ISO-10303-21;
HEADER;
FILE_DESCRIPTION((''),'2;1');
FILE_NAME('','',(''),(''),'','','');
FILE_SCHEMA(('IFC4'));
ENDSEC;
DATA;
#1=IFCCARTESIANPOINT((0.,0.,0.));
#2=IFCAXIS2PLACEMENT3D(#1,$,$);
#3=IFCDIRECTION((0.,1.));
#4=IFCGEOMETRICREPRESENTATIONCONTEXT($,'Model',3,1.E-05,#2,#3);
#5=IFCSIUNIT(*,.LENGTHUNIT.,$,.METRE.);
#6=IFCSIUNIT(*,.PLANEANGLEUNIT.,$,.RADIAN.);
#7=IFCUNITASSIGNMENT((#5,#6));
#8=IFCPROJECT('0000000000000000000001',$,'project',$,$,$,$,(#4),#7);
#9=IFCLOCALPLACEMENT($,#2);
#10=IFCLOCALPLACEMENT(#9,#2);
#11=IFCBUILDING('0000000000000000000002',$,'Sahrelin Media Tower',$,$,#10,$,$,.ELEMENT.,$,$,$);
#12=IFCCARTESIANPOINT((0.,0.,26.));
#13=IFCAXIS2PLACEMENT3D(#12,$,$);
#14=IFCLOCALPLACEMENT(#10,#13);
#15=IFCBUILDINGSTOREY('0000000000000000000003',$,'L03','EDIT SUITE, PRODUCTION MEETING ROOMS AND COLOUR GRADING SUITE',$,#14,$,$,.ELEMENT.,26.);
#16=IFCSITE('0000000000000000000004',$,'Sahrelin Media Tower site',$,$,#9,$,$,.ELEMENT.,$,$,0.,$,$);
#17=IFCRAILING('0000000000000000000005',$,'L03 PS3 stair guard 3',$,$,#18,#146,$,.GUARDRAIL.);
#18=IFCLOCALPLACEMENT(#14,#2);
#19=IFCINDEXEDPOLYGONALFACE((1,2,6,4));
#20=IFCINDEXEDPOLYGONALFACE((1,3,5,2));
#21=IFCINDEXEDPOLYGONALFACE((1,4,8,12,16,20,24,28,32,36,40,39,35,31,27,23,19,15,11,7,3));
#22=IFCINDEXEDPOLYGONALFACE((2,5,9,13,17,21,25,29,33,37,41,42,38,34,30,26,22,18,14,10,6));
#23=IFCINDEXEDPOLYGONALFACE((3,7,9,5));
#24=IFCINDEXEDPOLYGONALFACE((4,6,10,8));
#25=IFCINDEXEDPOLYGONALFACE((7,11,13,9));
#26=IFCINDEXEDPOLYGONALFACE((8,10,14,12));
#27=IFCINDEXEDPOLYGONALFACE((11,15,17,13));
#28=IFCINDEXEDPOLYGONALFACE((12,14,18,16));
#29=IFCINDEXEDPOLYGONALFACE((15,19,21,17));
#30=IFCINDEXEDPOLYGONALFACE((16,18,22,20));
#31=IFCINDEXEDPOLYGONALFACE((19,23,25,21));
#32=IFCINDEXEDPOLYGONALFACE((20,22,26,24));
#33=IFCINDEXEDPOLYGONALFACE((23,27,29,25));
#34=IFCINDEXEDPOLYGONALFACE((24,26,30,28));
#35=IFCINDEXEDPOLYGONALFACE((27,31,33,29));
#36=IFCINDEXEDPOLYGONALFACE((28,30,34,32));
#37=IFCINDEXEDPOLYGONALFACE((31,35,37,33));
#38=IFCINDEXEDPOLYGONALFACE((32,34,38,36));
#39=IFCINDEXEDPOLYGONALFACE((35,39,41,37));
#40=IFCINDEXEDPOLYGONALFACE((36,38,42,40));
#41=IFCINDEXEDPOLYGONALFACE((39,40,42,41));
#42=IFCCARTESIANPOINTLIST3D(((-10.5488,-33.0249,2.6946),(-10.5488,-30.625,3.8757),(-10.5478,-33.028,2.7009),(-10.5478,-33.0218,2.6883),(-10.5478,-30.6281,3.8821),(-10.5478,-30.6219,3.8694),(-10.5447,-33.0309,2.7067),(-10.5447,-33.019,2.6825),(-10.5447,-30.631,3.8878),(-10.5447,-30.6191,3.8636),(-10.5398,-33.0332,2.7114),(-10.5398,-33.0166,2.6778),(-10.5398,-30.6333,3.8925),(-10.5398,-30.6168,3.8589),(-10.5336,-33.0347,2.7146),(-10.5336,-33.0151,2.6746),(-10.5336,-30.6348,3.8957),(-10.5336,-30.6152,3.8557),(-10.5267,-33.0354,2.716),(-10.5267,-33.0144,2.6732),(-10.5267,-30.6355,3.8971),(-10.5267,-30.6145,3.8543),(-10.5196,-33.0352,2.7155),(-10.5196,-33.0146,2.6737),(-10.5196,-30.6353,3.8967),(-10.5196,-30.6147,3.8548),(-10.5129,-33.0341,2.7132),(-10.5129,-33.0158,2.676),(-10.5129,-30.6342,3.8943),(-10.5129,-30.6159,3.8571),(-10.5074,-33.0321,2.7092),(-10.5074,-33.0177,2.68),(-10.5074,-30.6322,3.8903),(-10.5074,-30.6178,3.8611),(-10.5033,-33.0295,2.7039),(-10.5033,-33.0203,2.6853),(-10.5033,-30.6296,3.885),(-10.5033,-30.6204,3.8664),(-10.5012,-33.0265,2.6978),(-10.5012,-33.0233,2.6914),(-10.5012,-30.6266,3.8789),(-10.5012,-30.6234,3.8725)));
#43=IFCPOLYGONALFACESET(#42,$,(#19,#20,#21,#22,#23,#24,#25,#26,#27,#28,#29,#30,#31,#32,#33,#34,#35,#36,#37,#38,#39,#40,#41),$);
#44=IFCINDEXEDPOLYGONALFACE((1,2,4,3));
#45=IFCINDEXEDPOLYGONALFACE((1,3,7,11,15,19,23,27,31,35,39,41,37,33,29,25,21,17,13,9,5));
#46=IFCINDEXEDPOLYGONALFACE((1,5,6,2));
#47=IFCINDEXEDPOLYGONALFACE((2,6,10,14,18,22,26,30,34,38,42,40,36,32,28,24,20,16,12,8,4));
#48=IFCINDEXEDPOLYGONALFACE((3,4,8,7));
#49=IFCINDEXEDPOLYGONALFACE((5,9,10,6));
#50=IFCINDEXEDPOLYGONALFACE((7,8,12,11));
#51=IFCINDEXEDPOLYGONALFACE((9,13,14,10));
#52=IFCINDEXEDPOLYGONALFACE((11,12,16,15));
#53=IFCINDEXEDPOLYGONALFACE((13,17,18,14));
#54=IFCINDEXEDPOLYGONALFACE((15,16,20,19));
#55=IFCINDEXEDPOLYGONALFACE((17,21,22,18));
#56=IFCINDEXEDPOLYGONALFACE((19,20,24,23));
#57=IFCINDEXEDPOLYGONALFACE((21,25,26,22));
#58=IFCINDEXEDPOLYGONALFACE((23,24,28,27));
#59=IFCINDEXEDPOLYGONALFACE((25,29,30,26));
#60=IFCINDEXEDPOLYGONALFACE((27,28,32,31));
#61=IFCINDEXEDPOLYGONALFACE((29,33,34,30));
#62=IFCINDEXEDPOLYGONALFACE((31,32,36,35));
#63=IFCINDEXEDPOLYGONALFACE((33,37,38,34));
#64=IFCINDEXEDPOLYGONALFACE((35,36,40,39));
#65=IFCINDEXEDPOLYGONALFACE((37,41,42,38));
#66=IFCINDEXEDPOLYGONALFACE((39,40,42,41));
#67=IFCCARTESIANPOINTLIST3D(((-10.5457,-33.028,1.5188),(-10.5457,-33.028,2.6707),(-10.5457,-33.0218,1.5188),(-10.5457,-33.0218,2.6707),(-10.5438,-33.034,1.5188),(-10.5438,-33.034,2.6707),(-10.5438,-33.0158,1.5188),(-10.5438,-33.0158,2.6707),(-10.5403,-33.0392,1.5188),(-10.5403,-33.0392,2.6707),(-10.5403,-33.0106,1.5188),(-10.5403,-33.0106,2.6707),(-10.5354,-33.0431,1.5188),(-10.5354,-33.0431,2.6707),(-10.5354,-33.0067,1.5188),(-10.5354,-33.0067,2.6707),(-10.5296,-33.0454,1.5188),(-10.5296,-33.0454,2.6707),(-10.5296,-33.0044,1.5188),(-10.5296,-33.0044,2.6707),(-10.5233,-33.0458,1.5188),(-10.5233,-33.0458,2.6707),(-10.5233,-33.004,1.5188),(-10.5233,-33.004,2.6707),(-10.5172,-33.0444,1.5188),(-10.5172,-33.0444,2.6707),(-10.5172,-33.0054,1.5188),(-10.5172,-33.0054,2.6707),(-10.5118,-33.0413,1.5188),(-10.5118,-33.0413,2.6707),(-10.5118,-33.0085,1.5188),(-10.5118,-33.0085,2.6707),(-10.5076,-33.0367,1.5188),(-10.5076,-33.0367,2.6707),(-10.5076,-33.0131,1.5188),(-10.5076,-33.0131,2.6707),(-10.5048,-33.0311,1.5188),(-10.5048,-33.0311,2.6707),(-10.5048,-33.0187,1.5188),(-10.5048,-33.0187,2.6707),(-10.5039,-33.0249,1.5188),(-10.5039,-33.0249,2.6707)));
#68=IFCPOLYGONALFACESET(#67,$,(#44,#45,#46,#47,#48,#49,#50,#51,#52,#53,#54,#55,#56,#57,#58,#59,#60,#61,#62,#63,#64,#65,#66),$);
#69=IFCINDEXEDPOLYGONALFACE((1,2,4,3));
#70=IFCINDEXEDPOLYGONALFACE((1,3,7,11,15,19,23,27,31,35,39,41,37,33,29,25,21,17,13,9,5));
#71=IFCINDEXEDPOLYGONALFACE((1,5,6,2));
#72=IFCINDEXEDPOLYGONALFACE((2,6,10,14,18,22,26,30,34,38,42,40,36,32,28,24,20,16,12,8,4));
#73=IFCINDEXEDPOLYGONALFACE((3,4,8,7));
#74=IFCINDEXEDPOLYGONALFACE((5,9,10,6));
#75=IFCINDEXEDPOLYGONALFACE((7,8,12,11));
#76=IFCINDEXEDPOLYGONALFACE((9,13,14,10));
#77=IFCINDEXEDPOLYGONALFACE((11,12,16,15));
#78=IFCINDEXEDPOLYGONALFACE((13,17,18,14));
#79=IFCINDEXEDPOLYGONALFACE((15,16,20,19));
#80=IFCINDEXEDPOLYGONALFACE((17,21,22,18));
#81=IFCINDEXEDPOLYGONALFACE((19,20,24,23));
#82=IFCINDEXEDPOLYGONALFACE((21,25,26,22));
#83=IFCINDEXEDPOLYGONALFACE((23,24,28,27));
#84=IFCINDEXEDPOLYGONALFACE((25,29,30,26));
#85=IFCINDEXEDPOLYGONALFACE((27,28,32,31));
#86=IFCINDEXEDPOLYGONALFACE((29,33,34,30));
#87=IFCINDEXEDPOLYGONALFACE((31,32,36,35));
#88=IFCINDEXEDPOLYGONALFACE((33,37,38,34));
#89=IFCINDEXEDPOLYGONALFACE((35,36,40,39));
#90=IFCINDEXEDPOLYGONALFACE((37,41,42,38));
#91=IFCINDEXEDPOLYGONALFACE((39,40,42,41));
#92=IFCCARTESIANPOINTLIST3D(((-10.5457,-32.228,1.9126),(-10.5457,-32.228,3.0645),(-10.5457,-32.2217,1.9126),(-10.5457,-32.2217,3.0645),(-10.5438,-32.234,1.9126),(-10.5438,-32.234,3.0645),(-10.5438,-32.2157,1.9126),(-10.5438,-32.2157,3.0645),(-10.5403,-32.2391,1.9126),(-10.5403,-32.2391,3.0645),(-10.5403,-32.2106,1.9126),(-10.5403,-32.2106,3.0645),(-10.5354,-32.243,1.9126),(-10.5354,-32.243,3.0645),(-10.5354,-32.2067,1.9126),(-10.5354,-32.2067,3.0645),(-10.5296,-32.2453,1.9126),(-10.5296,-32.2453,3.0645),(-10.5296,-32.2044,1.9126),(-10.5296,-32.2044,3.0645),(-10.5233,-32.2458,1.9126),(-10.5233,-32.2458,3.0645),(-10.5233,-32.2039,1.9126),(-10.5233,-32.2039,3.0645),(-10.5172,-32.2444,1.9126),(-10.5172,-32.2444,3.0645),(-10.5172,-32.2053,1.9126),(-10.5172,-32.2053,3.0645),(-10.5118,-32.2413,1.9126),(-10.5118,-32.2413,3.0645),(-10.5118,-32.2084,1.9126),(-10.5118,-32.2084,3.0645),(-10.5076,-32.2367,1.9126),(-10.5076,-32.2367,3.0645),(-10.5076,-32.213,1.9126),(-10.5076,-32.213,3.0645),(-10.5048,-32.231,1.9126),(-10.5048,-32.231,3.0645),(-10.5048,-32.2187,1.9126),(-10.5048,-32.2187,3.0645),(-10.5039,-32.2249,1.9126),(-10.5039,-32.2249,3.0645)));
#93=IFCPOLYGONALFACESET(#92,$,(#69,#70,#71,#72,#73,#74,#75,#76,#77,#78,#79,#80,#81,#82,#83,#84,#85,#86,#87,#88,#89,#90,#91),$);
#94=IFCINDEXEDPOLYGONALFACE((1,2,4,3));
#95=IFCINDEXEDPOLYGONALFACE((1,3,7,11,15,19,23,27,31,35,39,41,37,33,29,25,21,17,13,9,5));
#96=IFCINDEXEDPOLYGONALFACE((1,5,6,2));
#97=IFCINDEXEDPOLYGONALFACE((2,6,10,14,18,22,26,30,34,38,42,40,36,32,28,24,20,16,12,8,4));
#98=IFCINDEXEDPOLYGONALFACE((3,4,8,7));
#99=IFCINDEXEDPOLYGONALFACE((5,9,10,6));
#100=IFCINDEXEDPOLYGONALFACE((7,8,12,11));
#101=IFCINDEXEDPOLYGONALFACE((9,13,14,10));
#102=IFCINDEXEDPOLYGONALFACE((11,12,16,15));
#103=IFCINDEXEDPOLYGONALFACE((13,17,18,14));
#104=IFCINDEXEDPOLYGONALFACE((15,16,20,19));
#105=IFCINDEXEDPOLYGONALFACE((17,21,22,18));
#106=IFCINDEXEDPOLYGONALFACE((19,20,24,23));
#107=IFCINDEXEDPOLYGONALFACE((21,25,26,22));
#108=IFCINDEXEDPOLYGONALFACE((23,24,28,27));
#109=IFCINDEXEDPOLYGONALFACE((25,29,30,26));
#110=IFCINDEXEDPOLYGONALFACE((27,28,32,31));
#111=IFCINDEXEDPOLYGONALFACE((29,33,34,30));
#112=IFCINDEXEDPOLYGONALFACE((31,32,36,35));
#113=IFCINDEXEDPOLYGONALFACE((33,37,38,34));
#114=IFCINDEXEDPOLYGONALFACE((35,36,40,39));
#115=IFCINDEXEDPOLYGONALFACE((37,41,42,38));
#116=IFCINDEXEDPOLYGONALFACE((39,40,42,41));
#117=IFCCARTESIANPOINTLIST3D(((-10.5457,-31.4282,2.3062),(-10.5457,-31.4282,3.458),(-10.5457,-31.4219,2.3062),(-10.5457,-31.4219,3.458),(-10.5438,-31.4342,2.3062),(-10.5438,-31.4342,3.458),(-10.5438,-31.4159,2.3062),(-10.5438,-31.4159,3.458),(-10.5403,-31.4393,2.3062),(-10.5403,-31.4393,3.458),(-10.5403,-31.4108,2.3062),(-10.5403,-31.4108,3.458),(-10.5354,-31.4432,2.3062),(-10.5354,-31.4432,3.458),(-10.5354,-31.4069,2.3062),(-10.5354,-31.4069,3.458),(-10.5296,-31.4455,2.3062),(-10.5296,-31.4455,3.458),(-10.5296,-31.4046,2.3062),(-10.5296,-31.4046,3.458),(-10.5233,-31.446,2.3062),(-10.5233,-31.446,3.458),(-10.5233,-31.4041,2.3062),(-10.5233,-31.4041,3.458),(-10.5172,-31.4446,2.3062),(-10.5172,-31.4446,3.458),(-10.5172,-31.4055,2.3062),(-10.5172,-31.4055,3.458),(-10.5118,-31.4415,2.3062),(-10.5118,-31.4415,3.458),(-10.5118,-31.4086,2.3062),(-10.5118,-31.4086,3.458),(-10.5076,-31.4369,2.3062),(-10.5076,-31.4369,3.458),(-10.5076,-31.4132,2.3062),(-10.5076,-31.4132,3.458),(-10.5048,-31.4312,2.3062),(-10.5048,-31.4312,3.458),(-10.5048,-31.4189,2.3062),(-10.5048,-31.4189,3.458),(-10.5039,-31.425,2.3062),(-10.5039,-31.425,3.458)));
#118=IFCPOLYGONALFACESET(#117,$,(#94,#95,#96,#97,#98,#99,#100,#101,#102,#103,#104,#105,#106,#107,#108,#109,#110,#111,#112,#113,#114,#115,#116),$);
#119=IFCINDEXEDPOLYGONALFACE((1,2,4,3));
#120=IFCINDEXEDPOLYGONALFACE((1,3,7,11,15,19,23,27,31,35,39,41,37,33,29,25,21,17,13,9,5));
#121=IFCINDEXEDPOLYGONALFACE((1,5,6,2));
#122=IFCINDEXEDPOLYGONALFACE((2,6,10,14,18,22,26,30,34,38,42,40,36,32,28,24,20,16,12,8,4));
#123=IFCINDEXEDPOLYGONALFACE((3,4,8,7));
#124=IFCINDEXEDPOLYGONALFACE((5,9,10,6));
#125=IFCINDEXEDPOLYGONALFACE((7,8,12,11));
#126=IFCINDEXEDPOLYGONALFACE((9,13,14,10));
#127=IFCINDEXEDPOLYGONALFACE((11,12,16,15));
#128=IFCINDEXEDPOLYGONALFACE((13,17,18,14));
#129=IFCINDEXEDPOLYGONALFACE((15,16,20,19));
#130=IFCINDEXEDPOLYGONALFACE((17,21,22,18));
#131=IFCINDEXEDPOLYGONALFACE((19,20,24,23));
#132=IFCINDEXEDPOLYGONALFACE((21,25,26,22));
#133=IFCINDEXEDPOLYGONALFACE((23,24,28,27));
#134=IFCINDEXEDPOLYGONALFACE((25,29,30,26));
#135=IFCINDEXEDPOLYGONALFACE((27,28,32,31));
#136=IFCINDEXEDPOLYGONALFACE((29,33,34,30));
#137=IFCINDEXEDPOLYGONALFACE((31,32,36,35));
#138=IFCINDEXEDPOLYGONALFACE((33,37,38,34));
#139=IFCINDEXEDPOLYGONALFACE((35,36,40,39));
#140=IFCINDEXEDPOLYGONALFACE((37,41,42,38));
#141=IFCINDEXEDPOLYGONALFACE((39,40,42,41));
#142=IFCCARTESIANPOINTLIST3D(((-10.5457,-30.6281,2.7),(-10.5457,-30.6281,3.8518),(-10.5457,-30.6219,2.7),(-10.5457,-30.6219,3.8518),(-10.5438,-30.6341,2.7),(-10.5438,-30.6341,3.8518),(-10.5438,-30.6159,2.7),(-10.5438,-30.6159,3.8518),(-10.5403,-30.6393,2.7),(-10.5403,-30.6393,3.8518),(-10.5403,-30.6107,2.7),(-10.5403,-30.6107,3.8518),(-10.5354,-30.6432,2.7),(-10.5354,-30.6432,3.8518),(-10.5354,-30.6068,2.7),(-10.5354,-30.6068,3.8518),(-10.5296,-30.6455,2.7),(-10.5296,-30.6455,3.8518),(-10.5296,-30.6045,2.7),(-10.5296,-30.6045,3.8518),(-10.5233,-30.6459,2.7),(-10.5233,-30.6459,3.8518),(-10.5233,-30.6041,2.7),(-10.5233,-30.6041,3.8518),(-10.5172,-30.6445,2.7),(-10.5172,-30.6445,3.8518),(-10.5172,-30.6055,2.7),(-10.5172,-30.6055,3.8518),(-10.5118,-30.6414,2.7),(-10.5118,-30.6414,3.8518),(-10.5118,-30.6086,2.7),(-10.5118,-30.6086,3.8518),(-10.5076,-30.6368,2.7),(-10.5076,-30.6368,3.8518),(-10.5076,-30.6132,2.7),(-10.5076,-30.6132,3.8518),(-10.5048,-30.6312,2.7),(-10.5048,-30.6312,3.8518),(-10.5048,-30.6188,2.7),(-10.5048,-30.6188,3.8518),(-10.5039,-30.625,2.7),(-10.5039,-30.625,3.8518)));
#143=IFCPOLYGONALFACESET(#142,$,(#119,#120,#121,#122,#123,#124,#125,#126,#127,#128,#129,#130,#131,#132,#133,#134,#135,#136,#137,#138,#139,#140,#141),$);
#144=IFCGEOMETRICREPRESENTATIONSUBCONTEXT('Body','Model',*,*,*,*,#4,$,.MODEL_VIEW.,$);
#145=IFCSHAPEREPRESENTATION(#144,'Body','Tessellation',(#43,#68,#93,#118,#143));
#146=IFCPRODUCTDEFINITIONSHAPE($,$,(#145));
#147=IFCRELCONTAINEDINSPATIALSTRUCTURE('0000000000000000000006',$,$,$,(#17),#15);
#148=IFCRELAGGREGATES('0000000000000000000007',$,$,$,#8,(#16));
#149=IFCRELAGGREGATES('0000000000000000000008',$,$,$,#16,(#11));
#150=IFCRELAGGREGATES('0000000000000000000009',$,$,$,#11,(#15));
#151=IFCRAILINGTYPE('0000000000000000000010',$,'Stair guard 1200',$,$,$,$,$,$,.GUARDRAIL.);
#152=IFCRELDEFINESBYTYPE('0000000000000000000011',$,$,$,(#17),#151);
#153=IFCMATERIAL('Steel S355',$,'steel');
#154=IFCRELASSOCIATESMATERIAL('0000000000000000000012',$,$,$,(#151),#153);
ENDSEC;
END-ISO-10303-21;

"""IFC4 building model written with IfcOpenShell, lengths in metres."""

from ifc_helpers import new_model, si_unit, direction, frame, origin, origin_2d, place, context, subcontext, project, spatial, circle, extrude, material, type_object, element, save


model = new_model("IFC4")

# Units and contexts
model_context = context("Model", 3, precision=1e-05, world=origin(), true_north=direction((0.0, 1.0)))
body_context = subcontext(model_context, "Body", "Model", "MODEL_VIEW")
ifc_project = project(units=[si_unit("LENGTHUNIT", "METRE"), si_unit("PLANEANGLEUNIT", "RADIAN")], contexts=[model_context])

# Site, building, storey
site_placement = place(None, origin())
site = spatial("IfcSite", under=ifc_project, at=site_placement, Name="Sahrelin Media Tower site", CompositionType="ELEMENT", RefElevation=0.0)
building_placement = place(site_placement, origin())
building = spatial("IfcBuilding", under=site, at=building_placement, Name="Sahrelin Media Tower", CompositionType="ELEMENT")
storey_placement = place(building_placement, frame((0.0, 0.0, 26.0)))
storey = spatial("IfcBuildingStorey", under=building, at=storey_placement, Name="L03", Description="EDIT SUITE, PRODUCTION MEETING ROOMS AND COLOUR GRADING SUITE", CompositionType="ELEMENT", Elevation=26.0)

# Shared definitions
ifc_material_1 = material(Name="Steel S355", Category="steel")

# Railing
railing_type_1 = type_object("IfcRailingType", Name="Stair guard 1200", PredefinedType="GUARDRAIL", material=ifc_material_1)
railing_1_placement = place(storey_placement, frame((-10.5249, -33.0249, 1.5188)))
element("IfcRailing", 1, at=railing_1_placement, inside=storey, type_object=railing_type_1, Name="L03 PS3 stair guard 3", PredefinedType="GUARDRAIL", context=body_context, shape_type="SweptSolid", body=[
    extrude(circle(Radius=0.0239, at=origin_2d()), frame((0.0, 0.0, 1.1758), z_axis=(0.0, 0.897221, 0.441582), x_axis=(-1.0, 0.0, 0.0)), (0.0, 0.0, 1.0), 2.6748),
    extrude(circle(Radius=0.021, at=origin_2d()), origin(), (0.0, 0.0, 1.0), 1.1519),
    extrude(circle(Radius=0.021, at=origin_2d()), frame((0.0, 0.8, 0.3938)), (0.0, 0.0, 1.0), 1.1519),
    extrude(circle(Radius=0.021, at=origin_2d()), frame((0.0, 1.5999, 0.7874)), (0.0, 0.0, 1.0), 1.1519),
    extrude(circle(Radius=0.021, at=origin_2d()), frame((0.0, 2.3999, 1.1812)), (0.0, 0.0, 1.0), 1.1519),
])

save(model, "model.ifc")
